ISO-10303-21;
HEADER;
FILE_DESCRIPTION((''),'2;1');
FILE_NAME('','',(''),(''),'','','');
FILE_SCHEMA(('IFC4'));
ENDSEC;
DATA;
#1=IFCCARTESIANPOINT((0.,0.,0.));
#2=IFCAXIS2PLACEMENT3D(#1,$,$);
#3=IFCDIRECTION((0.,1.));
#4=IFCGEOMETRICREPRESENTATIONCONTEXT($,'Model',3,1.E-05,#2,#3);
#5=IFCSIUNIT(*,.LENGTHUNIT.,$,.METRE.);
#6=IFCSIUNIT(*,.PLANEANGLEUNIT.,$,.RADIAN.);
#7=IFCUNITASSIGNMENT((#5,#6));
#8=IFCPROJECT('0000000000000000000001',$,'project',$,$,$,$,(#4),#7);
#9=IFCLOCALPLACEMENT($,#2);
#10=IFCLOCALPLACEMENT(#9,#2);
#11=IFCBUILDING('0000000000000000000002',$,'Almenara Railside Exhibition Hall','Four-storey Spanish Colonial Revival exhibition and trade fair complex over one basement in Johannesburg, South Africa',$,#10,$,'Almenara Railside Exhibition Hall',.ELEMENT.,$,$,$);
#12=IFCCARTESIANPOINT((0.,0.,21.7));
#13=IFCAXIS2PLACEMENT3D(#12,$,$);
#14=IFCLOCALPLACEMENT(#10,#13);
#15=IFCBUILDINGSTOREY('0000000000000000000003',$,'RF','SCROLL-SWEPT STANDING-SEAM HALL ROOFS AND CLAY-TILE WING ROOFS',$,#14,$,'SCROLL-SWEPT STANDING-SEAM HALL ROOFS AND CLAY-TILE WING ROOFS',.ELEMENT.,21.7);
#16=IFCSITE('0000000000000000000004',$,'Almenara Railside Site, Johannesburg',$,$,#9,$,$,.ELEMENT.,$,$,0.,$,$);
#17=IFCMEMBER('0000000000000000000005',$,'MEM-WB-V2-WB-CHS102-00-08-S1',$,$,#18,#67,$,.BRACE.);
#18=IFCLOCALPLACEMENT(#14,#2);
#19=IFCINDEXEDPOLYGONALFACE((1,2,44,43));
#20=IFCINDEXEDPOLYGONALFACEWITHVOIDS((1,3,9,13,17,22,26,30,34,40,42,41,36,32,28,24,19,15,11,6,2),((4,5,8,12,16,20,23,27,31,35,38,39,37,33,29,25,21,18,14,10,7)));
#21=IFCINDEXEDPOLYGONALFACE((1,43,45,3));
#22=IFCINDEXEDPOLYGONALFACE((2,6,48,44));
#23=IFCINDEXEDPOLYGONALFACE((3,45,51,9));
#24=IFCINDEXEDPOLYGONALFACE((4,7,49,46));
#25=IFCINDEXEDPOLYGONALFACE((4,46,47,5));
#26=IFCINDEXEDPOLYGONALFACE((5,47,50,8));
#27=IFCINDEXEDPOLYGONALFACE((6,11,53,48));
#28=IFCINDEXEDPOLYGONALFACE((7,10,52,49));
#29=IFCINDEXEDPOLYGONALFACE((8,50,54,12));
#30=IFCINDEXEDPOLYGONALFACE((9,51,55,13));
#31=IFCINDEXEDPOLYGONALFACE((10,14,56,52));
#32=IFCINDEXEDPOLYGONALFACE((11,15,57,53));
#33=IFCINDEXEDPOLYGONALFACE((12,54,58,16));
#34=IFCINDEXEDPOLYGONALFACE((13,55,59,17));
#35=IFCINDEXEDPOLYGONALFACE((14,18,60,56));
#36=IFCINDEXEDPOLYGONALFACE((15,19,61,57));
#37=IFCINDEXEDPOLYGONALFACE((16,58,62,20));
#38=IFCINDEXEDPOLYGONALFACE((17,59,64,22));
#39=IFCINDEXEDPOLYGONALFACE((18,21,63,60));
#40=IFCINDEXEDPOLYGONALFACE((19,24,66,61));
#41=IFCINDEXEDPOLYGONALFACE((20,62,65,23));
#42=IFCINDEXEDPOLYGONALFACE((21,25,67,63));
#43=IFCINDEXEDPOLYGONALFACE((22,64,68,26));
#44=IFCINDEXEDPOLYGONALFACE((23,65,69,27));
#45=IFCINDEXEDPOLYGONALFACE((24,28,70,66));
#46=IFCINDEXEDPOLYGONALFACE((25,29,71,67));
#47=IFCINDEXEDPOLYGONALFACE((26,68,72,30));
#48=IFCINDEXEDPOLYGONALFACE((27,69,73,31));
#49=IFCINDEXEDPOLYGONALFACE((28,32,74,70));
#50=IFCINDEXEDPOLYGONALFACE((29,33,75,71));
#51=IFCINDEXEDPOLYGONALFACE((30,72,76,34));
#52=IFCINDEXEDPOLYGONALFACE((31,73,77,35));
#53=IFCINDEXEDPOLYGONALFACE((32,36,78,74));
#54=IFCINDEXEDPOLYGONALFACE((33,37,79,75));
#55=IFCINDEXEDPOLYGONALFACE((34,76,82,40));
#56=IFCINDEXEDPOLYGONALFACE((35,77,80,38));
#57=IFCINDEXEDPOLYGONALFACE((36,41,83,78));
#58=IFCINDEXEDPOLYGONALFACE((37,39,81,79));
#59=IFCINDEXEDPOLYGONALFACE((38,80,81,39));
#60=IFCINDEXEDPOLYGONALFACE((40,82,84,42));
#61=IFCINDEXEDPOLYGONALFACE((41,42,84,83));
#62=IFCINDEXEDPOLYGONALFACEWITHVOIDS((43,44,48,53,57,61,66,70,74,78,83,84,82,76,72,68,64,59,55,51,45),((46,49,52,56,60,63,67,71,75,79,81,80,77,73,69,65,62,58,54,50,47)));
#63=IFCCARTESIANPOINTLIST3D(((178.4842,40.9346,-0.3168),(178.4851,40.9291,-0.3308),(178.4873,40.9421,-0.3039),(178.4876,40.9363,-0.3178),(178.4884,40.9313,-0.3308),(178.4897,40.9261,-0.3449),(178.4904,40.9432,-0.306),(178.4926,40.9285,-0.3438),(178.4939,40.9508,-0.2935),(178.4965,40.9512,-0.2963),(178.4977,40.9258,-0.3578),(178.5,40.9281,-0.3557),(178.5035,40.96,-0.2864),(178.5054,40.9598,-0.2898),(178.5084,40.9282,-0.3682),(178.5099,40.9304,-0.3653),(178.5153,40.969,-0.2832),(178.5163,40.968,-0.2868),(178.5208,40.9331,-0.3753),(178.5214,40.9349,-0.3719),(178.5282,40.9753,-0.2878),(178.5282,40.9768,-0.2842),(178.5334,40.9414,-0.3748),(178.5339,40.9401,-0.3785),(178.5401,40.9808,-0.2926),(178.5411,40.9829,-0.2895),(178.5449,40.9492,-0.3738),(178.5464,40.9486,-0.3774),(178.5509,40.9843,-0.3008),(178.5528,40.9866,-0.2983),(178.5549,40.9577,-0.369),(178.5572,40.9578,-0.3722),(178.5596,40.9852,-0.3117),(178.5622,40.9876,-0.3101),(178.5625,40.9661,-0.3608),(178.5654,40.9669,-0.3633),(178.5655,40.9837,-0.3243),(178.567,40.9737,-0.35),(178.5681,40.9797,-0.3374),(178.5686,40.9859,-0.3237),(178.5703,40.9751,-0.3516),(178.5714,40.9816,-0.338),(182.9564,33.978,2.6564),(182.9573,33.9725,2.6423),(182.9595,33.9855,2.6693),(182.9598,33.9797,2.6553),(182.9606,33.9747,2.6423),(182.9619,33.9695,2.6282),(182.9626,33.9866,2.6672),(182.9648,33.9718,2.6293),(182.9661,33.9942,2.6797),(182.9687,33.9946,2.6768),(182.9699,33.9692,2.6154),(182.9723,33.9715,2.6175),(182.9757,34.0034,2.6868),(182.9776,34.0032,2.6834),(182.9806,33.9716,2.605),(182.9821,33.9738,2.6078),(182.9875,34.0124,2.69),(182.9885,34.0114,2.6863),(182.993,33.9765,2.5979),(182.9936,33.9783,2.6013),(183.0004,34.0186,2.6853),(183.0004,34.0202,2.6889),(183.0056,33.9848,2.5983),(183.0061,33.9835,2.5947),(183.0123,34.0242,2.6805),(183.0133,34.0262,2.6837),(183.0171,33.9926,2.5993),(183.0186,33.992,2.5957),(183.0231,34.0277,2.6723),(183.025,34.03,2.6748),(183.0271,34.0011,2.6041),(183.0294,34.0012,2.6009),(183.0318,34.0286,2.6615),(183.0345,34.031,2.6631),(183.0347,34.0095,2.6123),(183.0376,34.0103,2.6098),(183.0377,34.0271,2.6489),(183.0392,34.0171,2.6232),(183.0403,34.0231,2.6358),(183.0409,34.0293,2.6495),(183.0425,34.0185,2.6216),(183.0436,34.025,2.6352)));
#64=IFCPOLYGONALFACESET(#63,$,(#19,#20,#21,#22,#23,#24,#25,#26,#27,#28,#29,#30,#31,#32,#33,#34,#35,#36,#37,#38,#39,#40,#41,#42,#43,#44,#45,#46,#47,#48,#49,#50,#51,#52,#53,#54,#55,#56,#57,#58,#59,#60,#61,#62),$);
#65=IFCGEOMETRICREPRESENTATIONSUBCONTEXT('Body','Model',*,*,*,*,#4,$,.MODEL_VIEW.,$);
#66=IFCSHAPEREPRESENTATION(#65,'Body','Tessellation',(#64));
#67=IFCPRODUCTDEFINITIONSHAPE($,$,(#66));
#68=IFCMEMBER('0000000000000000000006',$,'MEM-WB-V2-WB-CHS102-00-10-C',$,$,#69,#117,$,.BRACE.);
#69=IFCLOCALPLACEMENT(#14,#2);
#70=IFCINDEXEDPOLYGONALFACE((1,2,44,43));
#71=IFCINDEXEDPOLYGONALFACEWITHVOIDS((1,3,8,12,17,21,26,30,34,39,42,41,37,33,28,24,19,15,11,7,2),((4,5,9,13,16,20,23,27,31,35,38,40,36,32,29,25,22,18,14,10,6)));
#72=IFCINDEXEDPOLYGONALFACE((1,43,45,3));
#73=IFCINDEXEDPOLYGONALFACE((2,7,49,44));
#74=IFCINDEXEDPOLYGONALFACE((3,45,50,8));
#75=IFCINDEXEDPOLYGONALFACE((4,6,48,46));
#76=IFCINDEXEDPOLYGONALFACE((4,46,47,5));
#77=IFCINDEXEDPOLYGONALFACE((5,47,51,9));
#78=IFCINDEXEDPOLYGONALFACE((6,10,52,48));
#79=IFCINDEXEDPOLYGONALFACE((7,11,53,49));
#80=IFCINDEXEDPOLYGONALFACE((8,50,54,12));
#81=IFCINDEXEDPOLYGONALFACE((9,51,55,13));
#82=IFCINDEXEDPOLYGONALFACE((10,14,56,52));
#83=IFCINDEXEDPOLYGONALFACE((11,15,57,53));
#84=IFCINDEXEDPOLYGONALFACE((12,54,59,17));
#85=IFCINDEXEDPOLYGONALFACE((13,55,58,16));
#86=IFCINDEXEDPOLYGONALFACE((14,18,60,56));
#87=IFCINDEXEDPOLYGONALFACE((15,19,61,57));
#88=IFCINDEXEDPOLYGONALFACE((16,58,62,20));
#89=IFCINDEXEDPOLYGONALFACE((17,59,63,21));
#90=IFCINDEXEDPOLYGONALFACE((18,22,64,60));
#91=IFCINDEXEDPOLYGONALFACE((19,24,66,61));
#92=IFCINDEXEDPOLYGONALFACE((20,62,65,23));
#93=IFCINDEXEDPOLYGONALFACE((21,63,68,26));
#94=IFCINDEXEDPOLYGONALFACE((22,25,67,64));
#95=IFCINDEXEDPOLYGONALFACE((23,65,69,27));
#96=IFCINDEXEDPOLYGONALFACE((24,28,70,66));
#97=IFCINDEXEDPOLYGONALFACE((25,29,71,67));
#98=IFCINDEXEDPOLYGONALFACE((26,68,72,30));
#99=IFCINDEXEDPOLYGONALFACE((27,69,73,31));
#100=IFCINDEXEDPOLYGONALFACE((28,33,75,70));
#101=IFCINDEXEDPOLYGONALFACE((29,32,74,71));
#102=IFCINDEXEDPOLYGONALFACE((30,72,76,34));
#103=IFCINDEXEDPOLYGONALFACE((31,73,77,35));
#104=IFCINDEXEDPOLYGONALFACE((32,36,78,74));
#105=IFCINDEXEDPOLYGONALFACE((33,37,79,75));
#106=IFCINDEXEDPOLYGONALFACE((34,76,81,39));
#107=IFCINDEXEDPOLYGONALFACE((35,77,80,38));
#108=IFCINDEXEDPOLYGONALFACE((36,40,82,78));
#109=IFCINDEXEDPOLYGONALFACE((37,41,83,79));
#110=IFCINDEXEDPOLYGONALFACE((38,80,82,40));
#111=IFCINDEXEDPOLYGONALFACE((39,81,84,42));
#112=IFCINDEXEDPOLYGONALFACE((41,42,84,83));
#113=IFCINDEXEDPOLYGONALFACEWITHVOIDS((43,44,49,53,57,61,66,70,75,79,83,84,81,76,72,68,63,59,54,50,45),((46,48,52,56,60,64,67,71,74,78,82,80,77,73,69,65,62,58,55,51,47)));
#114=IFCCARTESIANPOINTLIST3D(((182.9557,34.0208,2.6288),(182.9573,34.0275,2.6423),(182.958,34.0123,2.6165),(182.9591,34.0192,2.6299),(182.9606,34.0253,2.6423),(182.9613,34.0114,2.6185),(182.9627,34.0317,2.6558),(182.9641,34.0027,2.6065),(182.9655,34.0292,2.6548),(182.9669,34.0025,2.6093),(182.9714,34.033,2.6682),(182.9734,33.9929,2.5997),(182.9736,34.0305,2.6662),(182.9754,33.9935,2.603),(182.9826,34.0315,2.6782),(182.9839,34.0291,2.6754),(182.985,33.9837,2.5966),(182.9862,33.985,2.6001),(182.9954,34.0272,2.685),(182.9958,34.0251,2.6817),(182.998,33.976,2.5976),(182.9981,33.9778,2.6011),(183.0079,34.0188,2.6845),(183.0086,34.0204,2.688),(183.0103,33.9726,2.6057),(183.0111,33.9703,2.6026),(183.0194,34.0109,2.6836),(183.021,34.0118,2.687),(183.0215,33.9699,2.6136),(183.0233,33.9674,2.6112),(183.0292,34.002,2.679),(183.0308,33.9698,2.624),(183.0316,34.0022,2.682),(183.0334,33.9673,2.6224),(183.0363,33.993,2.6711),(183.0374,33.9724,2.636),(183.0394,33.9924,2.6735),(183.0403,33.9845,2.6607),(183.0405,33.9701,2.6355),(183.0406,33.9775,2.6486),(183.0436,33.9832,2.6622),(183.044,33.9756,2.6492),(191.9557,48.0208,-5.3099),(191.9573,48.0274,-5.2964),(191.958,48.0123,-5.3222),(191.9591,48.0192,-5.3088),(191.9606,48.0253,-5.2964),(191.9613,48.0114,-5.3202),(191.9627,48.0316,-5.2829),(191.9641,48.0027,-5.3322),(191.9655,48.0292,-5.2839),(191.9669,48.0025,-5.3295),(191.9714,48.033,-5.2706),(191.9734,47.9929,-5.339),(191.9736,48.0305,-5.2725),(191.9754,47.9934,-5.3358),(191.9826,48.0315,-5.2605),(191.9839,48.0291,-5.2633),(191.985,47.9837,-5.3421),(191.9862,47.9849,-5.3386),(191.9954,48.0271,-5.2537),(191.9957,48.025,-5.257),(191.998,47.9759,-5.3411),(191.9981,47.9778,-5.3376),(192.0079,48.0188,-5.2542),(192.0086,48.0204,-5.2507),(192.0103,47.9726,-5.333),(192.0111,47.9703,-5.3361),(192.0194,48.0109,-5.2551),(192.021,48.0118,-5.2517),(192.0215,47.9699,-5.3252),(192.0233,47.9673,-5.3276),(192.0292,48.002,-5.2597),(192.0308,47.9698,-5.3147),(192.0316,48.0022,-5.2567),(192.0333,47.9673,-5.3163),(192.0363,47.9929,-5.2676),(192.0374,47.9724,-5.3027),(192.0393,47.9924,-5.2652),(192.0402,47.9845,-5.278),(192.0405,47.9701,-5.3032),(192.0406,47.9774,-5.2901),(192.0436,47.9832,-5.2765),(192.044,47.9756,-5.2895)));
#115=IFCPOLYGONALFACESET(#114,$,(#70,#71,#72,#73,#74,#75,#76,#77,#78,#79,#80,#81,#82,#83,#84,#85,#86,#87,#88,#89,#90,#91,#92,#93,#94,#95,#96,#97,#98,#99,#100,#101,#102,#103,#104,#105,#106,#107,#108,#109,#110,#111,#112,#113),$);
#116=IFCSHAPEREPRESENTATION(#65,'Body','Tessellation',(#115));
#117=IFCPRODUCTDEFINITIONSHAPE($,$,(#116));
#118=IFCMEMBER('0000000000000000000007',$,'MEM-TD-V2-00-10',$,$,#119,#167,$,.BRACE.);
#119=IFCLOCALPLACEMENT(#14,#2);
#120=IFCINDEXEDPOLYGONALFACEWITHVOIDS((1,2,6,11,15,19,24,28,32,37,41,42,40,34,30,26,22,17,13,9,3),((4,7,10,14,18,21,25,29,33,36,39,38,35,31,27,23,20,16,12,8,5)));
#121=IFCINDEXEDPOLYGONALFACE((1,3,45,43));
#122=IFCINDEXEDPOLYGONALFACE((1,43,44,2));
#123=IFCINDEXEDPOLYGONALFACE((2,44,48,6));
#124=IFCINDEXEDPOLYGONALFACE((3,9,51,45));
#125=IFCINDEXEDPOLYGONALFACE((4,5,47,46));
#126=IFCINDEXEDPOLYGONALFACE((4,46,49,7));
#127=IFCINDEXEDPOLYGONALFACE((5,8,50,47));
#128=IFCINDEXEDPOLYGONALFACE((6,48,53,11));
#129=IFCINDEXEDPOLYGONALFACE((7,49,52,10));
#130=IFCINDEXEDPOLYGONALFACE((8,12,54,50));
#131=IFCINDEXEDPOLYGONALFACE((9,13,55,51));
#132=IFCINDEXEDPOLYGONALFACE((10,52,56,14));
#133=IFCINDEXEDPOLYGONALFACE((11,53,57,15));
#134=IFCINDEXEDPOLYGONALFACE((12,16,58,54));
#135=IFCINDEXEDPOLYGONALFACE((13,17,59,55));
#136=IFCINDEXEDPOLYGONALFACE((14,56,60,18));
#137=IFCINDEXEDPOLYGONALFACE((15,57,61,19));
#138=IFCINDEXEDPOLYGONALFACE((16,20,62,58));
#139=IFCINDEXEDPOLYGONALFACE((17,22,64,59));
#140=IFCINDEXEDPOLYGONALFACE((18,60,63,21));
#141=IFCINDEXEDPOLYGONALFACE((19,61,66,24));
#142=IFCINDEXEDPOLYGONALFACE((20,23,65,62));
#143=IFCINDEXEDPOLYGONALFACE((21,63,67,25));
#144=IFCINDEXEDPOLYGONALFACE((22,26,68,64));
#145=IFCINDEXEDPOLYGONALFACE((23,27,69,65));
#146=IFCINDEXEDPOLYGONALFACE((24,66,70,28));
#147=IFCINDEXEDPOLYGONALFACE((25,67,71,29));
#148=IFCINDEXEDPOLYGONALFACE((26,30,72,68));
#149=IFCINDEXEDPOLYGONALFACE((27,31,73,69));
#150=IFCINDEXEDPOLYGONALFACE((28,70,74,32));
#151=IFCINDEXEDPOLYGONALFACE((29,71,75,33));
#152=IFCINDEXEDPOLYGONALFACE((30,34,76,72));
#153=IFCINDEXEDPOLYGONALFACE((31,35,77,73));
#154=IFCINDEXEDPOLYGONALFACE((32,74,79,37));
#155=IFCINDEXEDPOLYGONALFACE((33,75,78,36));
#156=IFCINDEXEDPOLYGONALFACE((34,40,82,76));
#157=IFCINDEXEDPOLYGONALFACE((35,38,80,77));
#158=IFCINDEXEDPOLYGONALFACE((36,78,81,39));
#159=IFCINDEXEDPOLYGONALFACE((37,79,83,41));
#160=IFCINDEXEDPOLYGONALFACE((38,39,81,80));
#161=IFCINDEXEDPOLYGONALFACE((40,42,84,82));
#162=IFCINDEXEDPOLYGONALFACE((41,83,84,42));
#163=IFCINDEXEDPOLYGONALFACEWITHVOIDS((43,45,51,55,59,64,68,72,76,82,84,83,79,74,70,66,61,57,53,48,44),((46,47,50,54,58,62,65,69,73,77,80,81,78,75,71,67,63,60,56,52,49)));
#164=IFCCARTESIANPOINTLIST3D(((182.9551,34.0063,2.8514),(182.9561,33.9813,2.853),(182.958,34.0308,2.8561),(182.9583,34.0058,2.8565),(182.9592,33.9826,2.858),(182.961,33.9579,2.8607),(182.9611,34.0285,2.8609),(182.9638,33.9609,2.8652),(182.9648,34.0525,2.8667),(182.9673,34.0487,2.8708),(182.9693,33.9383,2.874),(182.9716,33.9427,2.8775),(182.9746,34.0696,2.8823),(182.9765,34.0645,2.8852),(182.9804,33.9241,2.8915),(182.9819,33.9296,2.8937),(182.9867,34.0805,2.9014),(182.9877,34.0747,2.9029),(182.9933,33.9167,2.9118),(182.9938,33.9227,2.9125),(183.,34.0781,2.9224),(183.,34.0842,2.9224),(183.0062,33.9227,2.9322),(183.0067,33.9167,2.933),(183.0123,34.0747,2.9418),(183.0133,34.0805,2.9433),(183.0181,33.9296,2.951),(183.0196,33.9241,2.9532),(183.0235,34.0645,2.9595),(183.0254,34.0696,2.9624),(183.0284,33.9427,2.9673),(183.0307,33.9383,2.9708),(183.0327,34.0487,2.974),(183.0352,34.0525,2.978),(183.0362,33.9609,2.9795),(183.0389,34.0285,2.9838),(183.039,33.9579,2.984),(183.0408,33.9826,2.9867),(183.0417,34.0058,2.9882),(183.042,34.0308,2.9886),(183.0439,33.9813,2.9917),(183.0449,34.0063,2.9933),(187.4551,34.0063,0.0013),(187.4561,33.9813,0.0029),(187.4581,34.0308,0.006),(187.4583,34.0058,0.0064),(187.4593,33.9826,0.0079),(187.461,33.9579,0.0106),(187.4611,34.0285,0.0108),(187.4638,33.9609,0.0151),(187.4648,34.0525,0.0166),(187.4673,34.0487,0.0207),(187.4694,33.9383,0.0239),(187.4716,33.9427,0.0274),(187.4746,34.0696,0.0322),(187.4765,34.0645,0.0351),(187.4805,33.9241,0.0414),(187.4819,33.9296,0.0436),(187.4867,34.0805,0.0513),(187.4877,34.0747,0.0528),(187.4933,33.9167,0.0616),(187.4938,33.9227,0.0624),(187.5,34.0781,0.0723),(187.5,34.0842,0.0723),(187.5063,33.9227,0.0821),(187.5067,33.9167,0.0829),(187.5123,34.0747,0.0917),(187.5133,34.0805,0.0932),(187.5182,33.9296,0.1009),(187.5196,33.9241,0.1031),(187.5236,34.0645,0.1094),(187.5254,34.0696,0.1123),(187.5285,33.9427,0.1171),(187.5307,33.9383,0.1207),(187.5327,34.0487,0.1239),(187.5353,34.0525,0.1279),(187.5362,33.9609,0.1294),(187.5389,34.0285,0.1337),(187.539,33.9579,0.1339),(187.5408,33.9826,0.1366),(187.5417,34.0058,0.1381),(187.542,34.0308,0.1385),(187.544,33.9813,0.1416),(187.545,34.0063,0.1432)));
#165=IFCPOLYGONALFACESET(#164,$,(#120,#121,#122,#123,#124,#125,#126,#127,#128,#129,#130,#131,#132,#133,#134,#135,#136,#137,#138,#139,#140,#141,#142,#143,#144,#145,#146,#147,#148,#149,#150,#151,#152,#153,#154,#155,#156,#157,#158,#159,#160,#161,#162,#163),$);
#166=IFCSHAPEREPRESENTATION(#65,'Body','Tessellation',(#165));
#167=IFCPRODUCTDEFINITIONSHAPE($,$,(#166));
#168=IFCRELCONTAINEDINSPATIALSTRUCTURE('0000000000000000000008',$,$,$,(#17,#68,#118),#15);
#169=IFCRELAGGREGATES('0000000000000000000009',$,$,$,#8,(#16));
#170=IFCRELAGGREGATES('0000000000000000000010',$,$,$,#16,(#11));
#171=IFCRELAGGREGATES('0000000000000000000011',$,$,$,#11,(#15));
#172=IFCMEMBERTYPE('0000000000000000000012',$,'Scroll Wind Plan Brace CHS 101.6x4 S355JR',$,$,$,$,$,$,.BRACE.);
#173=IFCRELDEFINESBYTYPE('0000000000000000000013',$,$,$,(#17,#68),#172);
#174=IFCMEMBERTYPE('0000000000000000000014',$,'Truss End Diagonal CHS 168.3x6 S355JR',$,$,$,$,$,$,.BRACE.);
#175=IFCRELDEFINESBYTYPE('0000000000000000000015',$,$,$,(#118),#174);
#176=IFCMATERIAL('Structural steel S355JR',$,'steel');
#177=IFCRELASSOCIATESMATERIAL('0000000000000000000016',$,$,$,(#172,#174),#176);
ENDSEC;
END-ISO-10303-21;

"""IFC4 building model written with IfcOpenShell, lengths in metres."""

from ifc_helpers import new_model, si_unit, direction, frame, origin, origin_2d, place, context, subcontext, project, spatial, hollow_circle, extrude, material, material_profile, profile_set, type_object, element, save


model = new_model("IFC4")

# Units and contexts
model_context = context("Model", 3, precision=1e-05, world=origin(), true_north=direction((0.0, 1.0)))
body_context = subcontext(model_context, "Body", "Model", "MODEL_VIEW")
ifc_project = project(units=[si_unit("LENGTHUNIT", "METRE"), si_unit("PLANEANGLEUNIT", "RADIAN")], contexts=[model_context])

# Site, building, storey
site_placement = place(None, origin())
site = spatial("IfcSite", under=ifc_project, at=site_placement, Name="Almenara Railside Site, Johannesburg", CompositionType="ELEMENT", RefElevation=0.0)
building_placement = place(site_placement, origin())
building = spatial("IfcBuilding", under=site, at=building_placement, Name="Almenara Railside Exhibition Hall", Description="Four-storey Spanish Colonial Revival exhibition and trade fair complex over one basement in Johannesburg, South Africa", LongName="Almenara Railside Exhibition Hall", CompositionType="ELEMENT")
storey_placement = place(building_placement, frame((0.0, 0.0, 21.7)))
storey = spatial("IfcBuildingStorey", under=building, at=storey_placement, Name="RF", Description="SCROLL-SWEPT STANDING-SEAM HALL ROOFS AND CLAY-TILE WING ROOFS", LongName="SCROLL-SWEPT STANDING-SEAM HALL ROOFS AND CLAY-TILE WING ROOFS", CompositionType="ELEMENT", Elevation=21.7)

# Shared definitions
ifc_material_1 = material(Name="Structural steel S355JR", Category="steel")

# Members
ifc_material_profile_1 = material_profile(ifc_material_1, hollow_circle(Radius=0.0508, WallThickness=0.0039, at=origin_2d()), Name="CHS 101.6x4")
ifc_profile_set_1 = profile_set([ifc_material_profile_1], Name="Structural steel S355JR")
member_type_1 = type_object("IfcMemberType", Name="Scroll Wind Plan Brace CHS 101.6x4 S355JR", PredefinedType="BRACE", material=ifc_profile_set_1)
member_1_placement = place(storey_placement, frame((183.0, 34.0, 2.6423), z_axis=(-0.50888, 0.791573, -0.338309), x_axis=(-0.841173, -0.540767, 0.0)))
element("IfcMember", 1, at=member_1_placement, inside=storey, type_object=member_type_1, Name="MEM-WB-V2-WB-CHS102-00-08-S1", PredefinedType="BRACE", context=body_context, shape_type="SweptSolid", body=[
    extrude(hollow_circle(Radius=0.0508, WallThickness=0.0039, at=origin_2d()), origin(), (0.0, 0.0, 1.0), 8.7883),
])
member_2_placement = place(storey_placement, frame((183.0, 34.0, 2.6423), z_axis=(0.488077, 0.759231, -0.430523), x_axis=(-0.841178, 0.540758, 0.0)))
element("IfcMember", 2, at=member_2_placement, inside=storey, type_object=member_type_1, Name="MEM-WB-V2-WB-CHS102-00-10-C", PredefinedType="BRACE", context=body_context, shape_type="SweptSolid", body=[
    extrude(hollow_circle(Radius=0.0508, WallThickness=0.0039, at=origin_2d()), origin(), (0.0, 0.0, 1.0), 18.4397),
])
ifc_material_profile_2 = material_profile(ifc_material_1, hollow_circle(Radius=0.0842, WallThickness=0.0061, at=origin_2d()), Name="CHS 168.3x6")
ifc_profile_set_2 = profile_set([ifc_material_profile_2], Name="Structural steel S355JR")
member_type_2 = type_object("IfcMemberType", Name="Truss End Diagonal CHS 168.3x6 S355JR", PredefinedType="BRACE", material=ifc_profile_set_2)
member_3_placement = place(storey_placement, frame((183.0, 34.0, 2.9224), z_axis=(0.844811, 0.0, -0.535065), x_axis=(0.0, 1.0, 0.0)))
element("IfcMember", 3, at=member_3_placement, inside=storey, type_object=member_type_2, Name="MEM-TD-V2-00-10", PredefinedType="BRACE", context=body_context, shape_type="SweptSolid", body=[
    extrude(hollow_circle(Radius=0.0842, WallThickness=0.0061, at=origin_2d()), origin(), (0.0, 0.0, 1.0), 5.3267),
])

save(model, "model.ifc")
